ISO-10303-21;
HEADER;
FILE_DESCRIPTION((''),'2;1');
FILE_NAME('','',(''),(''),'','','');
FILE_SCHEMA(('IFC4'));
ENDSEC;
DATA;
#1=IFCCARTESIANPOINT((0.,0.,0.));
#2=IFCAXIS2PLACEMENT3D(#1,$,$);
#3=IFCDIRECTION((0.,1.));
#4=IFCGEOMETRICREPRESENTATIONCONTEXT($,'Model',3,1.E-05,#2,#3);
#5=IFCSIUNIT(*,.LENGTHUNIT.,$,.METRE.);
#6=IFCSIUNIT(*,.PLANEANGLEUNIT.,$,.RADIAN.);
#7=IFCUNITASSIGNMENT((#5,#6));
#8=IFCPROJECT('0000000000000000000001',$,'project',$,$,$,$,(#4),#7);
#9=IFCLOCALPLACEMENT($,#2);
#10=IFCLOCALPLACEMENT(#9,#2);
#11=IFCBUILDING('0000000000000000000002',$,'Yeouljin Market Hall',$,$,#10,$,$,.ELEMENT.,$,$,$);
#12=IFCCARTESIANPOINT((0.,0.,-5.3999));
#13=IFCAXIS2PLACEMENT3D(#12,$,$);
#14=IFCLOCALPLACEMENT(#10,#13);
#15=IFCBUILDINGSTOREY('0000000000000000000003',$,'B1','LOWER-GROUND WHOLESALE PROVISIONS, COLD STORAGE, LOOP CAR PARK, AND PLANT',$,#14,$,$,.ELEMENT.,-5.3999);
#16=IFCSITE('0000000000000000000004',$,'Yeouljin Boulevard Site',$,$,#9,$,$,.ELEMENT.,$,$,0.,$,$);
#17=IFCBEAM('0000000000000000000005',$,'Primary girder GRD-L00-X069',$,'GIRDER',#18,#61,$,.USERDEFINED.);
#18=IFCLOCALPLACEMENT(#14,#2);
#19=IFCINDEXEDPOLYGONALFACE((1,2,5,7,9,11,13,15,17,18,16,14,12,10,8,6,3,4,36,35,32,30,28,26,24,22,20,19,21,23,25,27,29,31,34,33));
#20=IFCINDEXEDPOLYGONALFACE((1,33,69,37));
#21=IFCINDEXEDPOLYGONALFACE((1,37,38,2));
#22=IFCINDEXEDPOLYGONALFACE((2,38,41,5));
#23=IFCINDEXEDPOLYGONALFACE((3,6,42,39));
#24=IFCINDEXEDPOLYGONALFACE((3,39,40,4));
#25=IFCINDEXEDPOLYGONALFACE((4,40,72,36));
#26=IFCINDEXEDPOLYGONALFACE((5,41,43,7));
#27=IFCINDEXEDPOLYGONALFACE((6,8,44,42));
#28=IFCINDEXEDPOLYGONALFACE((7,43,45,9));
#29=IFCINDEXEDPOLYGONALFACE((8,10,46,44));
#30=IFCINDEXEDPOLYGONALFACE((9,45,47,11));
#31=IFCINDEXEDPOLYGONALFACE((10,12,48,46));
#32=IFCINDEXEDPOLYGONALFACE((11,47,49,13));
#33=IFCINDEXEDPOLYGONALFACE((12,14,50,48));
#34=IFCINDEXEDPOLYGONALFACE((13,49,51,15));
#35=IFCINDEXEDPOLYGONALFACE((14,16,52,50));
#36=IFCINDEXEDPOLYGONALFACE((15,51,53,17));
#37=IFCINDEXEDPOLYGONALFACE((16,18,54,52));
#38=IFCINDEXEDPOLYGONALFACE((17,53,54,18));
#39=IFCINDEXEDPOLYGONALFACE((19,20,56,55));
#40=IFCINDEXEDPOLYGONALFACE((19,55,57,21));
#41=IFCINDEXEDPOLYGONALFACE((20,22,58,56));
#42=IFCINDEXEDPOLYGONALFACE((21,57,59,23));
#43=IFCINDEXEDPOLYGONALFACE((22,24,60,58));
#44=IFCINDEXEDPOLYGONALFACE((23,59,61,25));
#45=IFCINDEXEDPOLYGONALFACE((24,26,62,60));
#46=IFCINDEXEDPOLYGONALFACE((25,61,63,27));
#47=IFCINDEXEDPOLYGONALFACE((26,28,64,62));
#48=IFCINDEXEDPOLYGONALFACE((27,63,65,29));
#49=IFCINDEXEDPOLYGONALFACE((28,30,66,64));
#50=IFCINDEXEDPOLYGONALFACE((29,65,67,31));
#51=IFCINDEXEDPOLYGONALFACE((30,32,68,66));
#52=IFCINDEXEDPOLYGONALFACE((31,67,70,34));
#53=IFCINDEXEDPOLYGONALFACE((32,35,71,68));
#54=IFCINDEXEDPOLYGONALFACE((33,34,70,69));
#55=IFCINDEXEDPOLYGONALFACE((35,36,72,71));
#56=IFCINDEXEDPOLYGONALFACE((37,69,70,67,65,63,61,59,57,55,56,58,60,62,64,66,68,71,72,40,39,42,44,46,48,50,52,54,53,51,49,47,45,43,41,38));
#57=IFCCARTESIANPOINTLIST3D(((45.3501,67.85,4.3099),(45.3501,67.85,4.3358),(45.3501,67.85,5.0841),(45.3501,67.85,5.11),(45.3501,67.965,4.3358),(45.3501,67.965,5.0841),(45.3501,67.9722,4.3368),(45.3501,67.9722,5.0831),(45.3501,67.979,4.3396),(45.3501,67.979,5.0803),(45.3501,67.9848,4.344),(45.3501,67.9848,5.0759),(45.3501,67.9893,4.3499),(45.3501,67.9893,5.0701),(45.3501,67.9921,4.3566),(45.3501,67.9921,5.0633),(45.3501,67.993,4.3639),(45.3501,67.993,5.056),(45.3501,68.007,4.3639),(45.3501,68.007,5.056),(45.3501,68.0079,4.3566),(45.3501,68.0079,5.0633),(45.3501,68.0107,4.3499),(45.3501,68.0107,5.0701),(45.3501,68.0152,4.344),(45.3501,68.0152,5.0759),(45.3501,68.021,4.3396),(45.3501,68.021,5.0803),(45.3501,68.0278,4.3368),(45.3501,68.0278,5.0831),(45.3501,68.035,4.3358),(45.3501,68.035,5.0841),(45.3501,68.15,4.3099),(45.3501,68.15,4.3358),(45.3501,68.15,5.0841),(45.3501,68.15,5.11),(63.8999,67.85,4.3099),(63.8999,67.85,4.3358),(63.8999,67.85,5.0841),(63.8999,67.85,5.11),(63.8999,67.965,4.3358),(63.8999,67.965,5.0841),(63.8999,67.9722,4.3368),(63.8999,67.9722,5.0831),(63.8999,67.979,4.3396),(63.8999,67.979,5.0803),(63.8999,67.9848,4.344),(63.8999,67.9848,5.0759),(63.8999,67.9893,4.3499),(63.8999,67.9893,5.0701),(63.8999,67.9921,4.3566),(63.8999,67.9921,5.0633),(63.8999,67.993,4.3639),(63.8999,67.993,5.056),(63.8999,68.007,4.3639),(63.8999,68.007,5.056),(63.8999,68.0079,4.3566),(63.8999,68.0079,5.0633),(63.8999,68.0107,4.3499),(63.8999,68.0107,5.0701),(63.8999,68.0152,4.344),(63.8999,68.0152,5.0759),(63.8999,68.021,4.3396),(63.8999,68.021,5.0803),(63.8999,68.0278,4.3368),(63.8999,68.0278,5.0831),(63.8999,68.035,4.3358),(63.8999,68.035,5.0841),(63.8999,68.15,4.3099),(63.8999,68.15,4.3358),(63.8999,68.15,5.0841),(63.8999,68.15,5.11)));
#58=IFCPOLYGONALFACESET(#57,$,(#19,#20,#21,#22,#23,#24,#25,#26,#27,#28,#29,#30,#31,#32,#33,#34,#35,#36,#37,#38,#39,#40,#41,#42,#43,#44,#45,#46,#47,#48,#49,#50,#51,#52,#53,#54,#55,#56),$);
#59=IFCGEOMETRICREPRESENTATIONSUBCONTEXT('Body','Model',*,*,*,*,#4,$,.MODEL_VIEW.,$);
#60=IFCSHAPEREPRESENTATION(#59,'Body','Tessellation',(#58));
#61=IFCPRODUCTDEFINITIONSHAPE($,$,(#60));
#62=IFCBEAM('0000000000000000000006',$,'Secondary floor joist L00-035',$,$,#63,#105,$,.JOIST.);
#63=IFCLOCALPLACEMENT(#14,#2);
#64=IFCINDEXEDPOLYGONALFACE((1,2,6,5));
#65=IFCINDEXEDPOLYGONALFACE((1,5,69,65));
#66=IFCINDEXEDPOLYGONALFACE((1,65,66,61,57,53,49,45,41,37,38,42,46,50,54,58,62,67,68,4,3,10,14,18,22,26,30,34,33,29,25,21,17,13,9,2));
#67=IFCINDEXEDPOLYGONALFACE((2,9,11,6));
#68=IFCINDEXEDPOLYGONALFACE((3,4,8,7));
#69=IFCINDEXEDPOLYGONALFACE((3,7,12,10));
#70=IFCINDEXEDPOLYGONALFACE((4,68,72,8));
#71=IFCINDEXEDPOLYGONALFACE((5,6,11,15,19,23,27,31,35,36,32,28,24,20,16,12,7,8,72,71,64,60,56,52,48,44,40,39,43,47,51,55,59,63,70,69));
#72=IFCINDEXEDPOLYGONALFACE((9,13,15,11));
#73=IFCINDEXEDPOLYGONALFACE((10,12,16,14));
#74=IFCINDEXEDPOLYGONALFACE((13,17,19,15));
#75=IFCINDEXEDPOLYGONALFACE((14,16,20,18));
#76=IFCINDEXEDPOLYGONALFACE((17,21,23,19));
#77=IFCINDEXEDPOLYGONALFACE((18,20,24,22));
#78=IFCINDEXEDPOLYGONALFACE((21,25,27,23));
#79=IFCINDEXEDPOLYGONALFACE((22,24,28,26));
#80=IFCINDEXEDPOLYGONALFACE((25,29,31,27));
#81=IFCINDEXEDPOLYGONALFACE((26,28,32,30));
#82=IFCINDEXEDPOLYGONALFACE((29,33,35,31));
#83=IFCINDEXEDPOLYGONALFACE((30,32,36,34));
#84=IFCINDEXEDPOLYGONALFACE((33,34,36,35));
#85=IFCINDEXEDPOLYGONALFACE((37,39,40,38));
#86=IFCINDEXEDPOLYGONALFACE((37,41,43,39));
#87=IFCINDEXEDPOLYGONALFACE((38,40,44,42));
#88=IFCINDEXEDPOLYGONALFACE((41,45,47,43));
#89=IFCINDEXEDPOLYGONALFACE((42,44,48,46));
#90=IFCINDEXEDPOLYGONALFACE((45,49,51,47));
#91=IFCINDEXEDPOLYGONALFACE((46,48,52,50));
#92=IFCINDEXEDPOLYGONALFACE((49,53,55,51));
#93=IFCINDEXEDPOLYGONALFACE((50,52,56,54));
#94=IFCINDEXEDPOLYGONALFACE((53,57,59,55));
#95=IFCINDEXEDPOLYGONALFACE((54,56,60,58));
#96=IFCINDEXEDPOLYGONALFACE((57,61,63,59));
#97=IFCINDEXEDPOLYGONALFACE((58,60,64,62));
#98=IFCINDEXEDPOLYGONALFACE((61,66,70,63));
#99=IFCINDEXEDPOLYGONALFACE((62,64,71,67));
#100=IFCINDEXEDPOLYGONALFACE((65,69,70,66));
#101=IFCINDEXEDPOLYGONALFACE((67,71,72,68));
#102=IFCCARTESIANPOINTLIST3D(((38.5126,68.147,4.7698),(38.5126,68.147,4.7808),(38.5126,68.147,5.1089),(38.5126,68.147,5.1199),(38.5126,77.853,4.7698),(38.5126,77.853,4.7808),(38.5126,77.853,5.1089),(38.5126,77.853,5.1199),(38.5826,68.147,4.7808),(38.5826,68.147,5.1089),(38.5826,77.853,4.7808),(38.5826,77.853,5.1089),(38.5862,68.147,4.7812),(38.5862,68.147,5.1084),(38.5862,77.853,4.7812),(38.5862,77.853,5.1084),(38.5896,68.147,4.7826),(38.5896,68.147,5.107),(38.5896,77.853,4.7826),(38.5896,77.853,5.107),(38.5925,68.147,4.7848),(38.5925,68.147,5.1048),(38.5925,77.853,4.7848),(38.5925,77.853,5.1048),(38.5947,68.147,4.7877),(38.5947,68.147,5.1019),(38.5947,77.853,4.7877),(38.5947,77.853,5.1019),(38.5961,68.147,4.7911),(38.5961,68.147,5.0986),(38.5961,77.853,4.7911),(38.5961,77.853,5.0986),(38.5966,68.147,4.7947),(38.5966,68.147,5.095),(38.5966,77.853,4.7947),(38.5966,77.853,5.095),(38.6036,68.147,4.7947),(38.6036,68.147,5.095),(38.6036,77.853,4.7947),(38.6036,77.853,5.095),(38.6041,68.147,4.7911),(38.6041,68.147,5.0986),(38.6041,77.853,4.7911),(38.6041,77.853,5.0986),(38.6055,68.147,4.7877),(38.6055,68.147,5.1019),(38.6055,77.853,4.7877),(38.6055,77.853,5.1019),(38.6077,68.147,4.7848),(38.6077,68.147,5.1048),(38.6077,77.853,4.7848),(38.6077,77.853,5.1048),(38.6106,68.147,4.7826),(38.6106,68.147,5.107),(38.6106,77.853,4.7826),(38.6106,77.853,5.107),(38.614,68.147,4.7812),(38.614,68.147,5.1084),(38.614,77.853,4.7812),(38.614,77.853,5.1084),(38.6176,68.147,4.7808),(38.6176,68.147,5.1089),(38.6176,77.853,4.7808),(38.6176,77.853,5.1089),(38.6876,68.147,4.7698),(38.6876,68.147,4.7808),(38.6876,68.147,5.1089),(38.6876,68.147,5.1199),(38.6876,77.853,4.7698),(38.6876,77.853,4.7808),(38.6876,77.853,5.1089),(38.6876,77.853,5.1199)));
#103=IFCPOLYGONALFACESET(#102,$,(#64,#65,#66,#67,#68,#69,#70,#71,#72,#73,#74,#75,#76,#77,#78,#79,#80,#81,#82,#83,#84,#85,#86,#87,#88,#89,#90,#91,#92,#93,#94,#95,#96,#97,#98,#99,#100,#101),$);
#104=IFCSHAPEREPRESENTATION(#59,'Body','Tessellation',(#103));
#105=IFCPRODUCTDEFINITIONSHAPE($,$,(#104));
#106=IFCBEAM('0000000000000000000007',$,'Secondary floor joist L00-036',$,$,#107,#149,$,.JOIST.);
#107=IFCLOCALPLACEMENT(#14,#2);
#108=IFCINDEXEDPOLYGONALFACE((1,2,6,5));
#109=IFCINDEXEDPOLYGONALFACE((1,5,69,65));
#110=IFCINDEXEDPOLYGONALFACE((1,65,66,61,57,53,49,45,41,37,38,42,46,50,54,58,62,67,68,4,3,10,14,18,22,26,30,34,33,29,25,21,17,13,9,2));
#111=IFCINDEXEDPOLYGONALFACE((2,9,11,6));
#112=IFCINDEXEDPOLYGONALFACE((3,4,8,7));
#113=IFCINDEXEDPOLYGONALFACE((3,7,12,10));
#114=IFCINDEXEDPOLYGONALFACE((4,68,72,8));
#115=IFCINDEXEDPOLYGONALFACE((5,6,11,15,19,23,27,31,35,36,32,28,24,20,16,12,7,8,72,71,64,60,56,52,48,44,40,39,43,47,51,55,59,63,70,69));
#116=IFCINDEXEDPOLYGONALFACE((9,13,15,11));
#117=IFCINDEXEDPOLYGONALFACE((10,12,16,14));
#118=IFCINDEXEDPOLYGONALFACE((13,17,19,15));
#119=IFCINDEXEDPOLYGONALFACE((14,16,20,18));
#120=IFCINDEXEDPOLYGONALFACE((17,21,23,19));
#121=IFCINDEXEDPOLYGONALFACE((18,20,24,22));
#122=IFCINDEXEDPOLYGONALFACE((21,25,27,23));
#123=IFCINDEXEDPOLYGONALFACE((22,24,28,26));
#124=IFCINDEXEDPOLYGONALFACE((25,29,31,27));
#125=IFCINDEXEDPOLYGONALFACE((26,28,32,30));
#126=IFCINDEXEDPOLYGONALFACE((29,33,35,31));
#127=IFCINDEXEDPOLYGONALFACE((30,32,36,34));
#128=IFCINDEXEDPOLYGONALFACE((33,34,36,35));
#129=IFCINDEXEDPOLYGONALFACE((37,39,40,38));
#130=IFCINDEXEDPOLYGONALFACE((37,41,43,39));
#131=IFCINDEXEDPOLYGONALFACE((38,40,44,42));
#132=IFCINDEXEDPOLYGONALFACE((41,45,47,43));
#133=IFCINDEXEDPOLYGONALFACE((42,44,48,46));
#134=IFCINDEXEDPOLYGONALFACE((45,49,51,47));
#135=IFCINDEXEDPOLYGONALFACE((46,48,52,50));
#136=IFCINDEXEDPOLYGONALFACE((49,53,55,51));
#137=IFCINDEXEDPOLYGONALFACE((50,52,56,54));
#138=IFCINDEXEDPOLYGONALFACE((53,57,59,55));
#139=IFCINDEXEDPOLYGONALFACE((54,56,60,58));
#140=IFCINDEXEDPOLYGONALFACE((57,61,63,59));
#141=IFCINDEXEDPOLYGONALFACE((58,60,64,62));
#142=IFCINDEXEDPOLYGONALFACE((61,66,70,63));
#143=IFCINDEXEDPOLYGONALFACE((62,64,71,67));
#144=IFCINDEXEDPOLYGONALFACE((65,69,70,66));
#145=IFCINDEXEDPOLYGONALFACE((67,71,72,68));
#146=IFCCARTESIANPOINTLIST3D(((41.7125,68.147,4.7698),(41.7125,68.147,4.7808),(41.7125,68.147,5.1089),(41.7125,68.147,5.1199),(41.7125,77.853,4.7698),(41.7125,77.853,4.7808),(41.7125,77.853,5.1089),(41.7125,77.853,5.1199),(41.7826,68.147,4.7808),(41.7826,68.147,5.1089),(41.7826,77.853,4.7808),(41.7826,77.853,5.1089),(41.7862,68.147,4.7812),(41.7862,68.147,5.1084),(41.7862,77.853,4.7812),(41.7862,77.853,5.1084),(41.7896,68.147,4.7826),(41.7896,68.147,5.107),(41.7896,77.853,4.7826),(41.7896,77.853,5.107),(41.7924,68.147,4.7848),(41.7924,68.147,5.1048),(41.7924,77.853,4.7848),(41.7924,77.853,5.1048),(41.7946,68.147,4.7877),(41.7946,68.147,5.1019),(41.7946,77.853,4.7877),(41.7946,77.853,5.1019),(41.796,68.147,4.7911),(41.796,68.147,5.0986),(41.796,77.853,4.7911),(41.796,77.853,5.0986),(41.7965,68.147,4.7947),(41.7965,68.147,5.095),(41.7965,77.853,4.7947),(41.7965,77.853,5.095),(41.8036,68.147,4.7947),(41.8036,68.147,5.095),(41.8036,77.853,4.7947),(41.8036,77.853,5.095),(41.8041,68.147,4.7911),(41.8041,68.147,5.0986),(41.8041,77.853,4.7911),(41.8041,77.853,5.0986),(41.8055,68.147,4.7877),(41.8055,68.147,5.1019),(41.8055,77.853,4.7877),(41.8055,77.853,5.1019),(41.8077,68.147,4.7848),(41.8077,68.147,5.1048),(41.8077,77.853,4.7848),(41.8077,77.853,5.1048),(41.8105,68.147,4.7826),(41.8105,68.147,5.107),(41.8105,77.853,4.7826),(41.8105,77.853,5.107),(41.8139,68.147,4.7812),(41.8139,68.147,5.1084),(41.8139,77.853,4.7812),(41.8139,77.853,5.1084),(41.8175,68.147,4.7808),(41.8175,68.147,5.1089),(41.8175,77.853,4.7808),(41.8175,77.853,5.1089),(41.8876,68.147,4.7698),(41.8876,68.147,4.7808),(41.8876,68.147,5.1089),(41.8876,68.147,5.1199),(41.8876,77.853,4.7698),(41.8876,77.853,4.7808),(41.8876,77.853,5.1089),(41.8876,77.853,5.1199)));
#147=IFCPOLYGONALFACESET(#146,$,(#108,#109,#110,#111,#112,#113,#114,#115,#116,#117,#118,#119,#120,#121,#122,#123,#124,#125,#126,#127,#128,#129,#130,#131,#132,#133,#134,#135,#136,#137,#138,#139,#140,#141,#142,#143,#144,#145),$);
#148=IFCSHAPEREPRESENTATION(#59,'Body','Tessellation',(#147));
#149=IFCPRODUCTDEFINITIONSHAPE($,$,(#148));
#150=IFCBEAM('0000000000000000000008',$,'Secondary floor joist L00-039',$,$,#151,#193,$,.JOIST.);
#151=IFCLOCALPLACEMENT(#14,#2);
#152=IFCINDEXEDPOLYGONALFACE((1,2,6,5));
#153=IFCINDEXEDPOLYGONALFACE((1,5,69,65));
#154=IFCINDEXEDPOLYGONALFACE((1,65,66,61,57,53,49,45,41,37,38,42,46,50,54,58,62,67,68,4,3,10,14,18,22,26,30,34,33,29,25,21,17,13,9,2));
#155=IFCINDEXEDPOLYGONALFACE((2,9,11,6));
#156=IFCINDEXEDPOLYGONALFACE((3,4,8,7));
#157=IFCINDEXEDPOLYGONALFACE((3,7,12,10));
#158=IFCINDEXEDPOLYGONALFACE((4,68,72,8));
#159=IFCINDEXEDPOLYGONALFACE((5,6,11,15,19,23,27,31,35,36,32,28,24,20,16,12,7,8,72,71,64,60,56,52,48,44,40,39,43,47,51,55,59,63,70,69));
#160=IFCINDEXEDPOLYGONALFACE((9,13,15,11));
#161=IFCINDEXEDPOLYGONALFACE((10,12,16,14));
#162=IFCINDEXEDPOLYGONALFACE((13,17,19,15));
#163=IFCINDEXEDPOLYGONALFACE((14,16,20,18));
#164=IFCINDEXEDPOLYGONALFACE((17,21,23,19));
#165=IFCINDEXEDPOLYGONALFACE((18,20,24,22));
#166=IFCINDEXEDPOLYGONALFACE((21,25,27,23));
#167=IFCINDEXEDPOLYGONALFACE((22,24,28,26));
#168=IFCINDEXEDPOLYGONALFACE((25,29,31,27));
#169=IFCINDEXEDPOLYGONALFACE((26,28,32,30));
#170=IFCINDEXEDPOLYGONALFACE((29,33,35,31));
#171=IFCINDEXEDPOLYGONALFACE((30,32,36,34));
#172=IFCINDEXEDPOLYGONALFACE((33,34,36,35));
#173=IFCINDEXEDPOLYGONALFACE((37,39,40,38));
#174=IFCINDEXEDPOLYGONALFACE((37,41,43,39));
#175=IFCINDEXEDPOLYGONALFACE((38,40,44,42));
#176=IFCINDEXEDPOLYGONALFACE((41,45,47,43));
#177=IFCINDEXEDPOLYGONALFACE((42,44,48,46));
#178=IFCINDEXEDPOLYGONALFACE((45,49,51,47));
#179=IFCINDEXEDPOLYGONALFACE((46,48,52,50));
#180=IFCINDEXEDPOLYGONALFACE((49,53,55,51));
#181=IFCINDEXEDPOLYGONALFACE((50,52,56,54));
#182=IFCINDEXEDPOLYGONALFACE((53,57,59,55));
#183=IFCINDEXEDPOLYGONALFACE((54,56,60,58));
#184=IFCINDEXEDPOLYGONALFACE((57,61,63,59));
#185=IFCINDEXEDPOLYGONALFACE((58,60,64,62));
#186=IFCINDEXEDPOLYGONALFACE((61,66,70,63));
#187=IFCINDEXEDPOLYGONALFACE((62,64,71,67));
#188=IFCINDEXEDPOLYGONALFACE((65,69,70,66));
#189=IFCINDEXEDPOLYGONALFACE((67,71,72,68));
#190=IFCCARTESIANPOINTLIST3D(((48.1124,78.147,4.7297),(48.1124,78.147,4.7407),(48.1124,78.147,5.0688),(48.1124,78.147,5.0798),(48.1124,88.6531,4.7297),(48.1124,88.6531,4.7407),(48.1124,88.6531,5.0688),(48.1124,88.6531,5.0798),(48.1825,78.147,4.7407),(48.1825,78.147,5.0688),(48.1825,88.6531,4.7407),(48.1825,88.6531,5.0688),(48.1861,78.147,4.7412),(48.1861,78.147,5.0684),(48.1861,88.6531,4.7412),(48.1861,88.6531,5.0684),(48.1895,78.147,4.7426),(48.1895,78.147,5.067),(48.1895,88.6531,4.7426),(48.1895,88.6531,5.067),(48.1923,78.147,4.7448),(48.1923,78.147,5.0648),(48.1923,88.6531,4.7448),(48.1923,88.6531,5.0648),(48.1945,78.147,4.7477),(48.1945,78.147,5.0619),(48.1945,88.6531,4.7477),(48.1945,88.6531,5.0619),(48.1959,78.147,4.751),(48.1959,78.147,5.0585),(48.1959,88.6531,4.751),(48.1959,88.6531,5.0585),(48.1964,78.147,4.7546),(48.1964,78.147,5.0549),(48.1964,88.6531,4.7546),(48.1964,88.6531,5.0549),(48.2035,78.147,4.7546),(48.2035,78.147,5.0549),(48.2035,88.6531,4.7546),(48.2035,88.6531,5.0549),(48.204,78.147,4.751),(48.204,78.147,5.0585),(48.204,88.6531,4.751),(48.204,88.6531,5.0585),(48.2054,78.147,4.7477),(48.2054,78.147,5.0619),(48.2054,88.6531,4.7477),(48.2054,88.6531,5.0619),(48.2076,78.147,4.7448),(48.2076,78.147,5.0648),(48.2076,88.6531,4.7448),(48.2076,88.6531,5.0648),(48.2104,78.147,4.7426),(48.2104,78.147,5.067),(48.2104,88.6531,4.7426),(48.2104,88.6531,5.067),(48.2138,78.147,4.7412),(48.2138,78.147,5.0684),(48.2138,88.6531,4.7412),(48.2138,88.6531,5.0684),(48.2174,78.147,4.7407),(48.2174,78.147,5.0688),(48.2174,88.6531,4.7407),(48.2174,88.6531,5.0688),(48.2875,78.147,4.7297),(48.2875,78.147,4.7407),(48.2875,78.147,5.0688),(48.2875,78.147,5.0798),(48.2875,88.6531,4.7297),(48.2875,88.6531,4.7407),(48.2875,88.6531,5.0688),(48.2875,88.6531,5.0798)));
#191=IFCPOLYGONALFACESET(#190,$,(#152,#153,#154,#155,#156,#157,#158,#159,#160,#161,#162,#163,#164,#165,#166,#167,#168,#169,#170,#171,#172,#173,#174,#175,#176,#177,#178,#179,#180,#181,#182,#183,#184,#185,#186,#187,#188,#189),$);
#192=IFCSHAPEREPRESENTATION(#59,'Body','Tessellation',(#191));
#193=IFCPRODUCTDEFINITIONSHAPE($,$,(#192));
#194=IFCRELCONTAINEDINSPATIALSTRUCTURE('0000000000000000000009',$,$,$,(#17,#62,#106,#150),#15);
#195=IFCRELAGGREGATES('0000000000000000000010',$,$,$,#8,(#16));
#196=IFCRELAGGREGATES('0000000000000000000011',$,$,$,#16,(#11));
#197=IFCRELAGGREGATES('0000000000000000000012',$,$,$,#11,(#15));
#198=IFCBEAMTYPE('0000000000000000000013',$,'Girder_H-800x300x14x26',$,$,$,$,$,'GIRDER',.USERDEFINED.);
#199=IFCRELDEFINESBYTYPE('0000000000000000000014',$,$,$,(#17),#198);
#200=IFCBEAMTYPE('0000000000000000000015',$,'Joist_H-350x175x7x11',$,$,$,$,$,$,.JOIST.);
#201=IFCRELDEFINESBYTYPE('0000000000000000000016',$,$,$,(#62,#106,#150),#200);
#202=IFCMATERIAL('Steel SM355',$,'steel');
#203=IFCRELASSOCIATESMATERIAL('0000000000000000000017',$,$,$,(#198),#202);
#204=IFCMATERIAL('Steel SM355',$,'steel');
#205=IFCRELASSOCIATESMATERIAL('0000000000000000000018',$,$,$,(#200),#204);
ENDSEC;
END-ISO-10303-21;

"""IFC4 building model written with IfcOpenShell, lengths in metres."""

from ifc_helpers import new_model, si_unit, direction, frame, origin, origin_2d, place, context, subcontext, project, spatial, i_section, extrude, material, material_profile, profile_set, type_object, element, save


model = new_model("IFC4")

# Units and contexts
model_context = context("Model", 3, precision=1e-05, world=origin(), true_north=direction((0.0, 1.0)))
body_context = subcontext(model_context, "Body", "Model", "MODEL_VIEW")
ifc_project = project(units=[si_unit("LENGTHUNIT", "METRE"), si_unit("PLANEANGLEUNIT", "RADIAN")], contexts=[model_context])

# Site, building, storey
site_placement = place(None, origin())
site = spatial("IfcSite", under=ifc_project, at=site_placement, Name="Yeouljin Boulevard Site", CompositionType="ELEMENT", RefElevation=0.0)
building_placement = place(site_placement, origin())
building = spatial("IfcBuilding", under=site, at=building_placement, Name="Yeouljin Market Hall", CompositionType="ELEMENT")
storey_placement = place(building_placement, frame((0.0, 0.0, -5.3999)))
storey = spatial("IfcBuildingStorey", under=building, at=storey_placement, Name="B1", Description="LOWER-GROUND WHOLESALE PROVISIONS, COLD STORAGE, LOOP CAR PARK, AND PLANT", CompositionType="ELEMENT", Elevation=-5.3999)

# Beams
ifc_material_1 = material(Name="Steel SM355", Category="steel")
ifc_material_profile_1 = material_profile(ifc_material_1, i_section(OverallWidth=0.3, OverallDepth=0.8, WebThickness=0.0139, FlangeThickness=0.0259, FilletRadius=0.0281, at=origin_2d()), Name="H-800x300x14x26")
ifc_profile_set_1 = profile_set([ifc_material_profile_1], Name="Steel SM355")
beam_type_1 = type_object("IfcBeamType", Name="Girder_H-800x300x14x26", ElementType="GIRDER", PredefinedType="USERDEFINED", material=ifc_profile_set_1)
beam_1_placement = place(storey_placement, frame((45.3501, 68.0, 4.71), z_axis=(1.0, 0.0, 0.0), x_axis=(0.0, 1.0, 0.0)))
element("IfcBeam", 1, at=beam_1_placement, inside=storey, type_object=beam_type_1, Name="Primary girder GRD-L00-X069", ObjectType="GIRDER", PredefinedType="USERDEFINED", context=body_context, shape_type="SweptSolid", body=[
    extrude(i_section(OverallWidth=0.3, OverallDepth=0.8, WebThickness=0.0139, FlangeThickness=0.0259, FilletRadius=0.0281, at=origin_2d()), origin(), (0.0, 0.0, 1.0), 18.5498),
])
ifc_material_2 = material(Name="Steel SM355", Category="steel")
ifc_material_profile_2 = material_profile(ifc_material_2, i_section(OverallWidth=0.175, OverallDepth=0.3501, WebThickness=0.0071, FlangeThickness=0.011, FilletRadius=0.0139, at=origin_2d()), Name="H-350x175x7x11")
ifc_profile_set_2 = profile_set([ifc_material_profile_2], Name="Steel SM355")
beam_type_2 = type_object("IfcBeamType", Name="Joist_H-350x175x7x11", PredefinedType="JOIST", material=ifc_profile_set_2)
for number, where, z_axis, x_axis, name in (
    (2, (38.6001, 68.147, 4.9448), (0.0, 1.0, 0.0), (-1.0, 0.0, 0.0), "Secondary floor joist L00-035"),
    (3, (41.8, 68.147, 4.9448), (0.0, 1.0, 0.0), (-1.0, 0.0, 0.0), "Secondary floor joist L00-036"),
):
    element("IfcBeam", number, at=place(storey_placement, frame(where, z_axis=z_axis, x_axis=x_axis)), inside=storey, type_object=beam_type_2, Name=name, PredefinedType="JOIST", context=body_context, shape_type="SweptSolid", body=[
        extrude(i_section(OverallWidth=0.175, OverallDepth=0.3501, WebThickness=0.0071, FlangeThickness=0.011, FilletRadius=0.0139, at=origin_2d()), origin(), (0.0, 0.0, 1.0), 9.7061),
    ])
for number, where, z_axis, x_axis, name in (
    (4, (48.2, 78.147, 4.9048), (0.0, 1.0, 0.0), (-1.0, 0.0, 0.0), "Secondary floor joist L00-039"),
):
    element("IfcBeam", number, at=place(storey_placement, frame(where, z_axis=z_axis, x_axis=x_axis)), inside=storey, type_object=beam_type_2, Name=name, PredefinedType="JOIST", context=body_context, shape_type="SweptSolid", body=[
        extrude(i_section(OverallWidth=0.175, OverallDepth=0.3501, WebThickness=0.0071, FlangeThickness=0.011, FilletRadius=0.0139, at=origin_2d()), origin(), (0.0, 0.0, 1.0), 10.5061),
    ])

save(model, "model.ifc")
